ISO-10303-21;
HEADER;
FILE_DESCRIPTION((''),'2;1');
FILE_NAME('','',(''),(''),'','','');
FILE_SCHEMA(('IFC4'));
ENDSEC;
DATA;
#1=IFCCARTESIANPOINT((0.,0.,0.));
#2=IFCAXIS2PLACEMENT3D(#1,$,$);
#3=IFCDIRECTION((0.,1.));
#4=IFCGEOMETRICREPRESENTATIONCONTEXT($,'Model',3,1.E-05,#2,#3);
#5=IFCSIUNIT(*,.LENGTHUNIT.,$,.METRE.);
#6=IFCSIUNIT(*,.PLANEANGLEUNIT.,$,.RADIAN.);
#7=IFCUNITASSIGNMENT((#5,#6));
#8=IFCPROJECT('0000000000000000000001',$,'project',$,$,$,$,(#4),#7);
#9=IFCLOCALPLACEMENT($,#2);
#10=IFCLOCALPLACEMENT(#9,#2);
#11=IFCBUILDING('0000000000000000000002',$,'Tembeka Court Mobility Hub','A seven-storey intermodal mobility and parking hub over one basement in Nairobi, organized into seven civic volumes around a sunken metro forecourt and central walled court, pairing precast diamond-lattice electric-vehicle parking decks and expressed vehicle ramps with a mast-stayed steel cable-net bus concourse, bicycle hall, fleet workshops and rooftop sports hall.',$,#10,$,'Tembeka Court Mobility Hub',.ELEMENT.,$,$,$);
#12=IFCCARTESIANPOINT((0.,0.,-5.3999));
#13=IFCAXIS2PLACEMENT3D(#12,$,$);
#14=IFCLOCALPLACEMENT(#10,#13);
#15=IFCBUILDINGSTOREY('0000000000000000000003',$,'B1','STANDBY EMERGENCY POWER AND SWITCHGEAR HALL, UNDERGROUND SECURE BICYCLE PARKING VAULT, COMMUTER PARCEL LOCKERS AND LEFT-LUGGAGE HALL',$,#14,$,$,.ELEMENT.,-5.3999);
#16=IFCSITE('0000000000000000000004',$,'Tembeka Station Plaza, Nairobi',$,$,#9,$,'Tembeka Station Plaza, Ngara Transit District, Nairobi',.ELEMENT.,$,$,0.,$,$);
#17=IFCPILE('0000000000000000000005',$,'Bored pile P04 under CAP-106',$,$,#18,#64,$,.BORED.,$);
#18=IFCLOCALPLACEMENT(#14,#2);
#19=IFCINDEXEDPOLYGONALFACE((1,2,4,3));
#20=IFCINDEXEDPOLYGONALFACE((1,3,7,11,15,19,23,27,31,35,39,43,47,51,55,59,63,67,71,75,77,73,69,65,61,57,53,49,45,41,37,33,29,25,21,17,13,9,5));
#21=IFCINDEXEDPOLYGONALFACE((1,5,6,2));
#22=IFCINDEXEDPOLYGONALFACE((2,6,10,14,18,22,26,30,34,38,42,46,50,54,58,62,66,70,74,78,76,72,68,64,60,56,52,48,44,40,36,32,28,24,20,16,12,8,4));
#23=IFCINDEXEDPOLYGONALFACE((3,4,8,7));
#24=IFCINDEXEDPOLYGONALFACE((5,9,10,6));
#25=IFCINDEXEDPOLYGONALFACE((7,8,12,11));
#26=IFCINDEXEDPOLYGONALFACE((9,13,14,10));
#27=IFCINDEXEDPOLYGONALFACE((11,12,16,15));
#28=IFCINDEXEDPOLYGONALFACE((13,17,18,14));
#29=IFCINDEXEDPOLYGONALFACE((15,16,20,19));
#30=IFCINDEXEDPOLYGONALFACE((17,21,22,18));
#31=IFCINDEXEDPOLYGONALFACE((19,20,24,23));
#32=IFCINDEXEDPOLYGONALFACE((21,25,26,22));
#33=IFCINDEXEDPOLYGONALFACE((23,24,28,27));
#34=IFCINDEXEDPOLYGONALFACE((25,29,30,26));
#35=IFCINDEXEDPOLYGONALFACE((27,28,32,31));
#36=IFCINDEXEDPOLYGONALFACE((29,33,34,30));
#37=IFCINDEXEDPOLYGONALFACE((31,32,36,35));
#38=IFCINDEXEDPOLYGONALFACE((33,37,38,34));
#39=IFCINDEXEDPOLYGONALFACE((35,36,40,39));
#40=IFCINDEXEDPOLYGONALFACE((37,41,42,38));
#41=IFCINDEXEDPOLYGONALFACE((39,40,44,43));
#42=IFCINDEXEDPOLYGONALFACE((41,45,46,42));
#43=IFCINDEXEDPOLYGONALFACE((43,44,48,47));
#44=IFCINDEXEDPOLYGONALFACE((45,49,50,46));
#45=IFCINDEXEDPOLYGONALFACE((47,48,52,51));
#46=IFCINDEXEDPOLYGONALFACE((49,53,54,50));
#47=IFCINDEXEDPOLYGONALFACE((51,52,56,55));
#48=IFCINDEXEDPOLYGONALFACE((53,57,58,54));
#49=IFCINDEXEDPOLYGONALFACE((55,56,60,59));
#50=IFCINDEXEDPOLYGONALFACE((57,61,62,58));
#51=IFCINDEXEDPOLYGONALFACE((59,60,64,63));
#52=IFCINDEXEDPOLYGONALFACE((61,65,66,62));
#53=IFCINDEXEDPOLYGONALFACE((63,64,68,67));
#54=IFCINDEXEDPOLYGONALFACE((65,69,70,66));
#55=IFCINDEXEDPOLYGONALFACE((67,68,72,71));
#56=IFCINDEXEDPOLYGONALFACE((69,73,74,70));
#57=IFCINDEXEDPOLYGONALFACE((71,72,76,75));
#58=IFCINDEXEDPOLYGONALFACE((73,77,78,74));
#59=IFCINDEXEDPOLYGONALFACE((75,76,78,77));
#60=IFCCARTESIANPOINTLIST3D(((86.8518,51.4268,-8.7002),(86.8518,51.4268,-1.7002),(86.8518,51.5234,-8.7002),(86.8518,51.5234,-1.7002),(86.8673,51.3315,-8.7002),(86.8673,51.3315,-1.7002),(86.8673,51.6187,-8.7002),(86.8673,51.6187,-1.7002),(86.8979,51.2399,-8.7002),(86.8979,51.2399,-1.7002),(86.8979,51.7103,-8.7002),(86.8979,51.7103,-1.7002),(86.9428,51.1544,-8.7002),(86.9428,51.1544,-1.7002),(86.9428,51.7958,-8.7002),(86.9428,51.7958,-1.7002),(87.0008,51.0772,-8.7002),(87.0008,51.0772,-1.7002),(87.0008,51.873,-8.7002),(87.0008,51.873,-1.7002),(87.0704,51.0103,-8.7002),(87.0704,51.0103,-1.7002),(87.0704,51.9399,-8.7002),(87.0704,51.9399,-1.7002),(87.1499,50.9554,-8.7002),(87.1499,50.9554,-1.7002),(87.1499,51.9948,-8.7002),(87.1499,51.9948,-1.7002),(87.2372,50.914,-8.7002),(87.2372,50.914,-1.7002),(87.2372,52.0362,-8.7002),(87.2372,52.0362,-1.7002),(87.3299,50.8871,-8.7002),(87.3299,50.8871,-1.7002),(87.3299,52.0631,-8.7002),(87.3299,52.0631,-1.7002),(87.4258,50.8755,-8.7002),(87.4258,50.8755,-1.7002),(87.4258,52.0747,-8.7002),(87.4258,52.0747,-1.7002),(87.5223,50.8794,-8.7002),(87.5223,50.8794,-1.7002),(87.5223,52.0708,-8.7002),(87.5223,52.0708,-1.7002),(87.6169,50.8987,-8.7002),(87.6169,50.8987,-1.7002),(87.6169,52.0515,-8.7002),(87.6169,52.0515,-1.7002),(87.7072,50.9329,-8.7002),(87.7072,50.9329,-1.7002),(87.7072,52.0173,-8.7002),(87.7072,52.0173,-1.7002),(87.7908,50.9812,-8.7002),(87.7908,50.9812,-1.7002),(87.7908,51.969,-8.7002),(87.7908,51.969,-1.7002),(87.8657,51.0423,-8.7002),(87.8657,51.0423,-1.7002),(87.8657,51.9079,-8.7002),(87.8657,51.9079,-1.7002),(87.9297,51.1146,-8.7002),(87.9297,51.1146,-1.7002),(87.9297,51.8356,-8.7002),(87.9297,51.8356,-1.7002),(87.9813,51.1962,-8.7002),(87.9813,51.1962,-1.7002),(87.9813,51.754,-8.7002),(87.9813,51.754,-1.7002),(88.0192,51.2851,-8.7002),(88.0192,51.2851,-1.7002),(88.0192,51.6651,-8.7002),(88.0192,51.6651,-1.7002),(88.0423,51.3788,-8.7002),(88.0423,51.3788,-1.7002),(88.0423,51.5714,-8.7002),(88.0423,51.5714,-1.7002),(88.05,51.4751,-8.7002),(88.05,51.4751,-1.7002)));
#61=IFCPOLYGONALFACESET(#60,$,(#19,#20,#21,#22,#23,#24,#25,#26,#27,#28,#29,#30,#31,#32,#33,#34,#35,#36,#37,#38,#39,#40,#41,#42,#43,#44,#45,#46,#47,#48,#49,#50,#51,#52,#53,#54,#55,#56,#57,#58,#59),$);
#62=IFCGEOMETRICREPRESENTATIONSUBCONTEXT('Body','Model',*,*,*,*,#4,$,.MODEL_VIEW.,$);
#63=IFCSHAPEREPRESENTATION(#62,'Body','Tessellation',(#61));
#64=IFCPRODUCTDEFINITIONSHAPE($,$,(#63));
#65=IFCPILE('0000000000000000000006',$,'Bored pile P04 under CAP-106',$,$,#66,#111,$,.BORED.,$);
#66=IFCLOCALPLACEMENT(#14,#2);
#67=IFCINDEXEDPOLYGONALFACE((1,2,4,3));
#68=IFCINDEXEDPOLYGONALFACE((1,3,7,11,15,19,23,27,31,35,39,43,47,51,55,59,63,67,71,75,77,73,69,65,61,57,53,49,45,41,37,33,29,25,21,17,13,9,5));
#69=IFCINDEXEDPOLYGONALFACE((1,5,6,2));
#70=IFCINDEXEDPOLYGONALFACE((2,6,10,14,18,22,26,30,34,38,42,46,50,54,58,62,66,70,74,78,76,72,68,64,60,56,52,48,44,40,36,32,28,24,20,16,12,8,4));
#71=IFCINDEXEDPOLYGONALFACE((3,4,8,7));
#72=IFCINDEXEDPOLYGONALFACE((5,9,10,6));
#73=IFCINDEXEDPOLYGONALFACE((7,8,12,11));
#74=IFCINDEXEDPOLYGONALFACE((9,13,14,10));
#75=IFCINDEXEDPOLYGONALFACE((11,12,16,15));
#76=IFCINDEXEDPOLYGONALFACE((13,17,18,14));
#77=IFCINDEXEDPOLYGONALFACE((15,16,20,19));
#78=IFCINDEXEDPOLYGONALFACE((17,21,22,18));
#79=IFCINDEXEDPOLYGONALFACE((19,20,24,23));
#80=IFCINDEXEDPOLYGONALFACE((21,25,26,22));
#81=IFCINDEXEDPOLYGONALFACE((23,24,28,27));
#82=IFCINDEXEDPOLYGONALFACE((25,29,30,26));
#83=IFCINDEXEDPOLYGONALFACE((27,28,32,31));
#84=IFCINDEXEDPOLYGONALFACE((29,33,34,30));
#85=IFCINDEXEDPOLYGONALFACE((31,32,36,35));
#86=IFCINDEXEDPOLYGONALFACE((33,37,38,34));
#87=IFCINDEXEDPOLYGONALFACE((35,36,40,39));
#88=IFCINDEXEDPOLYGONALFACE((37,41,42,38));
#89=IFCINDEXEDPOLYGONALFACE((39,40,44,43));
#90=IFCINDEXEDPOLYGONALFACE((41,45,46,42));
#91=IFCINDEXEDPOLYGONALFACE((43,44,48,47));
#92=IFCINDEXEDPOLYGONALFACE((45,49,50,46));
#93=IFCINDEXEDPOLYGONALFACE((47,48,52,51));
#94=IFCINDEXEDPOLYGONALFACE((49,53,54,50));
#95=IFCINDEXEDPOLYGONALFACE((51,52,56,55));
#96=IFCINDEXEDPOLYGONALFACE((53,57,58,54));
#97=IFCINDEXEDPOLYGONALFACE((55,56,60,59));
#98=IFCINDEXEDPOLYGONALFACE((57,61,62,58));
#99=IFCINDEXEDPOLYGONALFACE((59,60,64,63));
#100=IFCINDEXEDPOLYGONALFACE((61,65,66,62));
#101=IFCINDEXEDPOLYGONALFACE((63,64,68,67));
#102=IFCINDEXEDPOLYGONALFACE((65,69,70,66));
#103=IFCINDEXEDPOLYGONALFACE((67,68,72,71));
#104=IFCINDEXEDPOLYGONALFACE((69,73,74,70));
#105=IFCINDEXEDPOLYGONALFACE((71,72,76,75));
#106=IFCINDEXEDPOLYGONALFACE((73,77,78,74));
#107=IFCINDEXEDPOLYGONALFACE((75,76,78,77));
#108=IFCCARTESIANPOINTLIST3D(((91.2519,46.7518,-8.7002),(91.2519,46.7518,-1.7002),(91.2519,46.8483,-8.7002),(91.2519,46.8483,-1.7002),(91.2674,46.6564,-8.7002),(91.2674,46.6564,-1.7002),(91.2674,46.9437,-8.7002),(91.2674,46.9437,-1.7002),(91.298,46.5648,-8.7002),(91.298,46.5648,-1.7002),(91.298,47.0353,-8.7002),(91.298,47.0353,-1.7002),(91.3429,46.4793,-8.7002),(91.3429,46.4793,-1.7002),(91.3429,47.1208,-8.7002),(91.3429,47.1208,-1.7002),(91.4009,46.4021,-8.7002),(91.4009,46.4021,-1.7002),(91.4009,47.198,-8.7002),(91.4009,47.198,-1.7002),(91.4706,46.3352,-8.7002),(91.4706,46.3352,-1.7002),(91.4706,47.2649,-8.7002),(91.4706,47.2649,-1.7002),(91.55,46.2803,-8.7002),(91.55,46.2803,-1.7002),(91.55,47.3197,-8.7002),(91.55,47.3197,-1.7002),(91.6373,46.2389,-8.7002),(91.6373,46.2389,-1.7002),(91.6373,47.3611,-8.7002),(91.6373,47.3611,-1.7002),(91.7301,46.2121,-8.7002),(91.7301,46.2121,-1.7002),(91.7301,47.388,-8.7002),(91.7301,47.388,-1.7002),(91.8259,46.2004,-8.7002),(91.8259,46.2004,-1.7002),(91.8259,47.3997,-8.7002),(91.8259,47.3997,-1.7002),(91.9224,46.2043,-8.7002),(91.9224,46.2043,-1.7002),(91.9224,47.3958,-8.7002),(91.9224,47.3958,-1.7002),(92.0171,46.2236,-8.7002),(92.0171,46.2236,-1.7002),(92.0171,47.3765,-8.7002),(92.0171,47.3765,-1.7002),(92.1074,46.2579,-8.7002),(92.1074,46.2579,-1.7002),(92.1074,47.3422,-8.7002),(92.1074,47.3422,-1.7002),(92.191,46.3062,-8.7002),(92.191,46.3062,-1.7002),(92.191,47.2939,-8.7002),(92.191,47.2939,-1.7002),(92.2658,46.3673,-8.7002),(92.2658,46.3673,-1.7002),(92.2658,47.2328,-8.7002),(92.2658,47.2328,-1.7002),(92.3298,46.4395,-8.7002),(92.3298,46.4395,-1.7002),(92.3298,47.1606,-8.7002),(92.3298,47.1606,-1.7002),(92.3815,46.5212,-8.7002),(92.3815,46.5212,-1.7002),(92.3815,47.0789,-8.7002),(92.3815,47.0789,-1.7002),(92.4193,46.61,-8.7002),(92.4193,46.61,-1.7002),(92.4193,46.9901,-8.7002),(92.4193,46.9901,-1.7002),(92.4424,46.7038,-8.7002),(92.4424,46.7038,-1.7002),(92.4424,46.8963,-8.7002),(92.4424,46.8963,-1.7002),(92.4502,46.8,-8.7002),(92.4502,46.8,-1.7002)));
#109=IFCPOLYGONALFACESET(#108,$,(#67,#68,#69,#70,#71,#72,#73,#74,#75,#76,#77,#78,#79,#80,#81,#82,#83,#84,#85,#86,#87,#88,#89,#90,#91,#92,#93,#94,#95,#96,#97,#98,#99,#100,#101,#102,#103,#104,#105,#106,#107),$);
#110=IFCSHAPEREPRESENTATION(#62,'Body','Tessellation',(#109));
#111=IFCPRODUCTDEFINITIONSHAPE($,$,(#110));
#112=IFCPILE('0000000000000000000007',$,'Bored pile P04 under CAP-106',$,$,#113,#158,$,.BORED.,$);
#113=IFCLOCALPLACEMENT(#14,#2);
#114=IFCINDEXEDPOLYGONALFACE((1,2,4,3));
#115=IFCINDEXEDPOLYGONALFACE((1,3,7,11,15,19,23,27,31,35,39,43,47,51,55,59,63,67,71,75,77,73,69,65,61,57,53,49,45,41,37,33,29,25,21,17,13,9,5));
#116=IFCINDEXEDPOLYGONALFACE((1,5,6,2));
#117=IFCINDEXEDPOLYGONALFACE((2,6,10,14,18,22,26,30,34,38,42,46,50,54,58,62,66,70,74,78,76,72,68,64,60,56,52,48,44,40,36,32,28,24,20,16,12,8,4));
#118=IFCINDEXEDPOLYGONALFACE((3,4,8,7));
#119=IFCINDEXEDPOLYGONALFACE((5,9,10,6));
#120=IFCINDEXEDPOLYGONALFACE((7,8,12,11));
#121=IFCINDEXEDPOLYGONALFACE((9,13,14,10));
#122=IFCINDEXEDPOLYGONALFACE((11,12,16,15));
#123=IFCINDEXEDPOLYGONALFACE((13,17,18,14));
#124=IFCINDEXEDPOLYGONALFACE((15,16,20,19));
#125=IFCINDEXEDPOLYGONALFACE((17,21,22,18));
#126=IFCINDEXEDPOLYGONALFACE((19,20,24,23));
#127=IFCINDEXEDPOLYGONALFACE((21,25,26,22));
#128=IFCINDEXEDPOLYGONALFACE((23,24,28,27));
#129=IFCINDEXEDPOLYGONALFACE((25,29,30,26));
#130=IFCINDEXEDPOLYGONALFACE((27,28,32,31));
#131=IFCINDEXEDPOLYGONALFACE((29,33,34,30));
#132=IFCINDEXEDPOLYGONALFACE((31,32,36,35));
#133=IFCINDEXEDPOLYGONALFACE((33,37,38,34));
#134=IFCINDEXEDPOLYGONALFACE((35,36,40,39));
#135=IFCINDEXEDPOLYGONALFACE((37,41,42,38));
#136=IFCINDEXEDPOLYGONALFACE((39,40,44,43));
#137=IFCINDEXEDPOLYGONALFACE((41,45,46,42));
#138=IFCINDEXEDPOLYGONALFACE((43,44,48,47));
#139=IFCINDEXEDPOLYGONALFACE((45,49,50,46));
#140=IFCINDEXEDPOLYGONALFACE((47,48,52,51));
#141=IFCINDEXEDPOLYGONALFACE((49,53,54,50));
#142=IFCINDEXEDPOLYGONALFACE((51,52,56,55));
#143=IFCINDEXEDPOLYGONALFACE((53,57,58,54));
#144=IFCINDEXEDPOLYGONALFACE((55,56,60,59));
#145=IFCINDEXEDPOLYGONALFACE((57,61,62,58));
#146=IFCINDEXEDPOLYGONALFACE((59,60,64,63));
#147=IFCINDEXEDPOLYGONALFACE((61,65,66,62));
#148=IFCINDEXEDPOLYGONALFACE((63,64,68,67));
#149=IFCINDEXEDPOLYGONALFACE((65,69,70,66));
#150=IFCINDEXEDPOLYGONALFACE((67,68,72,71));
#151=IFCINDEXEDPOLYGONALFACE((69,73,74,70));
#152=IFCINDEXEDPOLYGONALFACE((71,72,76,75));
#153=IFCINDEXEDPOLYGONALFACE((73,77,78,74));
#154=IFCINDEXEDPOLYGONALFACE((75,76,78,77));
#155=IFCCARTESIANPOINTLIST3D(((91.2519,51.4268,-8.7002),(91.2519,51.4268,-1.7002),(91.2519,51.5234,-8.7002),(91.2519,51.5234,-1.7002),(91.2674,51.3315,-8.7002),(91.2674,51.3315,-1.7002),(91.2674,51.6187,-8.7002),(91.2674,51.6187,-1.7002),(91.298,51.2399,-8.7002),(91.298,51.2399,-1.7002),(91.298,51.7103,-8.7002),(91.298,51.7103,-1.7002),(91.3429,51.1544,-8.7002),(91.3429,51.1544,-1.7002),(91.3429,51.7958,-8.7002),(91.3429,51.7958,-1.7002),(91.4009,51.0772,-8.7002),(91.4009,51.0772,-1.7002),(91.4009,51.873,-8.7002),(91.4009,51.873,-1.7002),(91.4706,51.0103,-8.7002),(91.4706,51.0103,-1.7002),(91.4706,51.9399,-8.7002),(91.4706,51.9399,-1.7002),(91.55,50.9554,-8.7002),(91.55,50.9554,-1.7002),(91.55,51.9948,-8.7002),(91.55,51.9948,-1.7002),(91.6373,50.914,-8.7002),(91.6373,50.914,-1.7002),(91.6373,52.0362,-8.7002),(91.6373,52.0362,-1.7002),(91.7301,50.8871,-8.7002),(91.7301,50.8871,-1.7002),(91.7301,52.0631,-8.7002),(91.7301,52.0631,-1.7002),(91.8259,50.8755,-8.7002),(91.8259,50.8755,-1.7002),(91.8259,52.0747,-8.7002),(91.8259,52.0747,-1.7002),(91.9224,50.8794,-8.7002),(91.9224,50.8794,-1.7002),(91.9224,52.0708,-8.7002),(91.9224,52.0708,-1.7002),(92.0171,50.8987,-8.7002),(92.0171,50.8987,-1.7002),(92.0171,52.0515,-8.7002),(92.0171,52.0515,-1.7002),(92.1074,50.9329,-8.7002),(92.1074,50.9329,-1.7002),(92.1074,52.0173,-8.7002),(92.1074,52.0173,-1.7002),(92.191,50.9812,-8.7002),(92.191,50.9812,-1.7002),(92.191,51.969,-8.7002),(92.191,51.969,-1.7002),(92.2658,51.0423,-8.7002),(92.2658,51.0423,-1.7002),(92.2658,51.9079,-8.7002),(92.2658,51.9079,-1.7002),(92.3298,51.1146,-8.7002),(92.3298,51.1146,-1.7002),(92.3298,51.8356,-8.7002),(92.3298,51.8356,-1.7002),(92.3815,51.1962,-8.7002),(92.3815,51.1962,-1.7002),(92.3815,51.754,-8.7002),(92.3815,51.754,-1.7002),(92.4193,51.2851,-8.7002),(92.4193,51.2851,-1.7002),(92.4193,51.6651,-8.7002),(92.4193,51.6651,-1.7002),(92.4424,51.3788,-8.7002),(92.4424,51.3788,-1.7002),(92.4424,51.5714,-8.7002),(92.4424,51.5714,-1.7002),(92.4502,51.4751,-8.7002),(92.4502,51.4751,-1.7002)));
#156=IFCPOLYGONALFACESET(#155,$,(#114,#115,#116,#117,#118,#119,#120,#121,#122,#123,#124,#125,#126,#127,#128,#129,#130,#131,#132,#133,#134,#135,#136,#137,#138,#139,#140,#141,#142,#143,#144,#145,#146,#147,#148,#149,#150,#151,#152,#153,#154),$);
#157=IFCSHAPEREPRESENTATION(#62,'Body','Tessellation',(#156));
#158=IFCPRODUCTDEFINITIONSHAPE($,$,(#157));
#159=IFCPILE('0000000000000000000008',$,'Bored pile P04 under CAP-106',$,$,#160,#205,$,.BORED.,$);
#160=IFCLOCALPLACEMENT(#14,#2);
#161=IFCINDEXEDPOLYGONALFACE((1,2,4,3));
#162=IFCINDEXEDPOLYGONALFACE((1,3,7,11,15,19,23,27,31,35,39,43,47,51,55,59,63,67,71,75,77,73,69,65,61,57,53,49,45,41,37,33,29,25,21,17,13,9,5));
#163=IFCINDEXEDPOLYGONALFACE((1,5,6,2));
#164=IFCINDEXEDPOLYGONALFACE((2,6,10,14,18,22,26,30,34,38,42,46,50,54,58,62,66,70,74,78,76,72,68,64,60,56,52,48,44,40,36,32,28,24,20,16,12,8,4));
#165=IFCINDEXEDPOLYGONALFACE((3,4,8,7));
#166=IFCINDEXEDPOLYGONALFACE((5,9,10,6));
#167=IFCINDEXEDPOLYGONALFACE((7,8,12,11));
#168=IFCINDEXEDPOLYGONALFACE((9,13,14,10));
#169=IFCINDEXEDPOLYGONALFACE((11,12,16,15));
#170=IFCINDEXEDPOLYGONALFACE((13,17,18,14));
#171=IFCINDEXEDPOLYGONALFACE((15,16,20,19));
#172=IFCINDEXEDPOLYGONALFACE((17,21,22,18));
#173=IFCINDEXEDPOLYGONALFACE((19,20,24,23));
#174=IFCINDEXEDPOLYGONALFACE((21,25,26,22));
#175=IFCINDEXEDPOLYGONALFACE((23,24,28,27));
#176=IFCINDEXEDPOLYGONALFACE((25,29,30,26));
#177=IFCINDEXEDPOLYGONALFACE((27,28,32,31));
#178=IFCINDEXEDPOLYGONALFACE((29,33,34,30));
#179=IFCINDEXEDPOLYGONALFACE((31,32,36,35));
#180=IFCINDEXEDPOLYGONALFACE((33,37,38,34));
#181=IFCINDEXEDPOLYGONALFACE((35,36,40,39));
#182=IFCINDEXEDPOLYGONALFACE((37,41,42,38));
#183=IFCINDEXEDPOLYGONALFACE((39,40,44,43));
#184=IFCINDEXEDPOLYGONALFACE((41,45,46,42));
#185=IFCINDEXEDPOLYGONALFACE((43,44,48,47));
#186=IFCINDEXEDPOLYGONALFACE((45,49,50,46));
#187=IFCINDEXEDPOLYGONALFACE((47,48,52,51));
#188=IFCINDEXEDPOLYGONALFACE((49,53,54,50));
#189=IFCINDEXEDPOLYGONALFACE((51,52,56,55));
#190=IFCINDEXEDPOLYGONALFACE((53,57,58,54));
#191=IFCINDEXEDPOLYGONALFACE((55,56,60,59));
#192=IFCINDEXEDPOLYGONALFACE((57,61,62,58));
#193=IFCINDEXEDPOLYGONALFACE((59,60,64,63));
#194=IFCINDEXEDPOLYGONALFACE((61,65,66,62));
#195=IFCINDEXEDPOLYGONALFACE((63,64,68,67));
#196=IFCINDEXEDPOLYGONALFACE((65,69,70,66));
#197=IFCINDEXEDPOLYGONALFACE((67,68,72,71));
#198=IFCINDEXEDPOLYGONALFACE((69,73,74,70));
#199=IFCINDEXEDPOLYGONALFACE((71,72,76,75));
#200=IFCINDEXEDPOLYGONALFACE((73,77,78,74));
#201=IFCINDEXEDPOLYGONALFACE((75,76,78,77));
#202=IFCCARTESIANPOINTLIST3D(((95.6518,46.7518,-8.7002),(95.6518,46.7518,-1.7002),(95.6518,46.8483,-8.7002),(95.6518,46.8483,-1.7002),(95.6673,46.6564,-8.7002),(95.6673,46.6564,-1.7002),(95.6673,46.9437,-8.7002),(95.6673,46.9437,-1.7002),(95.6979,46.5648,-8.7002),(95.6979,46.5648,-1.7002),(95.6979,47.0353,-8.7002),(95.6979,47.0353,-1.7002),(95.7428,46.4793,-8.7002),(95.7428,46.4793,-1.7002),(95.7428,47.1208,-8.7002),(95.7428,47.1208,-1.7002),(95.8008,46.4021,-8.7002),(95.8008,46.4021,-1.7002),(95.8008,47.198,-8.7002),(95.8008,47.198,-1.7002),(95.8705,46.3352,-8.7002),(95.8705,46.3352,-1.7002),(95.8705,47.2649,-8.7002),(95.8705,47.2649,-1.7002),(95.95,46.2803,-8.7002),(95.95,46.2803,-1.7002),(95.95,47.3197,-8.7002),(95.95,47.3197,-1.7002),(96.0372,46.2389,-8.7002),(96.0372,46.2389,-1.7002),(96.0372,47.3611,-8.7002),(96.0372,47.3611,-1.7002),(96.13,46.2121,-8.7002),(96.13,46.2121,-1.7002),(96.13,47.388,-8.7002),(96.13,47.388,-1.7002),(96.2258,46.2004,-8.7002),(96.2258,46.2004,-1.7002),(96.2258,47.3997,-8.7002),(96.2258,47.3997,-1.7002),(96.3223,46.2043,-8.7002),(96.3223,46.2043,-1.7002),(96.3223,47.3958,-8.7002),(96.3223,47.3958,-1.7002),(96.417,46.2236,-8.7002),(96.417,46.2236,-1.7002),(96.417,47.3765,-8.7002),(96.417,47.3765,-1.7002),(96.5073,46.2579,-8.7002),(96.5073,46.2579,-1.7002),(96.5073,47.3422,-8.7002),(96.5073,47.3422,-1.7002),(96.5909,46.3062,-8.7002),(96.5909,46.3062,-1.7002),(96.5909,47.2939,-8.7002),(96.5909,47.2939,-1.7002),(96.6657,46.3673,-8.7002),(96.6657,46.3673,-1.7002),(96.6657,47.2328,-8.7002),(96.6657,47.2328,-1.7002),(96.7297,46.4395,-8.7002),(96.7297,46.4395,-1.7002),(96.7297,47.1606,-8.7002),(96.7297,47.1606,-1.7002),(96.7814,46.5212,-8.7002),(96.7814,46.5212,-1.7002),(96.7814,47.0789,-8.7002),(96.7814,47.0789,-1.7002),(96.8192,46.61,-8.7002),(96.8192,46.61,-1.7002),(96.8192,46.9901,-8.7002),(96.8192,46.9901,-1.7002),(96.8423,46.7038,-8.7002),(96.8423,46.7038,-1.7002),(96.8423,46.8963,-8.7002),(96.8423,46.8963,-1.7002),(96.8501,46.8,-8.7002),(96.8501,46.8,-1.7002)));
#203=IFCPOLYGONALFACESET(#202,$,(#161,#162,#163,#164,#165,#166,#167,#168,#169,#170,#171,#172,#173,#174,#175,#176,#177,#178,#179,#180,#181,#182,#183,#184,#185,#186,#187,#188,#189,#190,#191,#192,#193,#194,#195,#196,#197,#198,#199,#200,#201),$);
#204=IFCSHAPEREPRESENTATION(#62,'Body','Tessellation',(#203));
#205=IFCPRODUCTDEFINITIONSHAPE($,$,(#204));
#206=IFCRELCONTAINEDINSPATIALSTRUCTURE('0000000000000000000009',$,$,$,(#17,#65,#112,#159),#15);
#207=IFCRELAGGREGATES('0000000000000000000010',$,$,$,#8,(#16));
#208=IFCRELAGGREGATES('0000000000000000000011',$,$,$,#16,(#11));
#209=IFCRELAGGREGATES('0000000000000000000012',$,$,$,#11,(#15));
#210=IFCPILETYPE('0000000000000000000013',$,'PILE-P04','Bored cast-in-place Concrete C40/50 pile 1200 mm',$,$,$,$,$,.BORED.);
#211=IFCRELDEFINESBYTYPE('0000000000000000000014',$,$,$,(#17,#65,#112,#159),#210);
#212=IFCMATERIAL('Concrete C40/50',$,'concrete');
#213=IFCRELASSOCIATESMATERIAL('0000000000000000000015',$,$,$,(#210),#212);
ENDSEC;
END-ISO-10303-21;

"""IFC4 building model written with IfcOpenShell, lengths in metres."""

from ifc_helpers import new_model, si_unit, direction, frame, origin, origin_2d, place, context, subcontext, project, spatial, circle, extrude, material, material_profile, profile_set, type_object, element, save


model = new_model("IFC4")

# Units and contexts
model_context = context("Model", 3, precision=1e-05, world=origin(), true_north=direction((0.0, 1.0)))
body_context = subcontext(model_context, "Body", "Model", "MODEL_VIEW")
ifc_project = project(units=[si_unit("LENGTHUNIT", "METRE"), si_unit("PLANEANGLEUNIT", "RADIAN")], contexts=[model_context])

# Site, building, storey
site_placement = place(None, origin())
site = spatial("IfcSite", under=ifc_project, at=site_placement, Name="Tembeka Station Plaza, Nairobi", LongName="Tembeka Station Plaza, Ngara Transit District, Nairobi", CompositionType="ELEMENT", RefElevation=0.0)
building_placement = place(site_placement, origin())
building = spatial("IfcBuilding", under=site, at=building_placement, Name="Tembeka Court Mobility Hub", Description="A seven-storey intermodal mobility and parking hub over one basement in Nairobi, organized into seven civic volumes around a sunken metro forecourt and central walled court, pairing precast diamond-lattice electric-vehicle parking decks and expressed vehicle ramps with a mast-stayed steel cable-net bus concourse, bicycle hall, fleet workshops and rooftop sports hall.", LongName="Tembeka Court Mobility Hub", CompositionType="ELEMENT")
storey_placement = place(building_placement, frame((0.0, 0.0, -5.3999)))
storey = spatial("IfcBuildingStorey", under=building, at=storey_placement, Name="B1", Description="STANDBY EMERGENCY POWER AND SWITCHGEAR HALL, UNDERGROUND SECURE BICYCLE PARKING VAULT, COMMUTER PARCEL LOCKERS AND LEFT-LUGGAGE HALL", CompositionType="ELEMENT", Elevation=-5.3999)

# Shared definitions
ifc_material_1 = material(Name="Concrete C40/50", Category="concrete")

# Piles
ifc_material_profile_1 = material_profile(ifc_material_1, circle(Radius=0.6001, at=origin_2d()), Name="PILE D1200")
ifc_profile_set_1 = profile_set([ifc_material_profile_1], Name="Concrete C40/50")
pile_type = type_object("IfcPileType", Name="PILE-P04", Description="Bored cast-in-place Concrete C40/50 pile 1200 mm", PredefinedType="BORED", material=ifc_profile_set_1)
for number, where, z_axis, x_axis, name in (
    (1, (87.45, 51.4751, -1.7002), (0.0, 0.0, -1.0), (1.0, 0.0, 0.0), "Bored pile P04 under CAP-106"),
    (2, (91.8501, 46.8, -1.7002), (0.0, 0.0, -1.0), (1.0, 0.0, 0.0), "Bored pile P04 under CAP-106"),
    (3, (91.8501, 51.4751, -1.7002), (0.0, 0.0, -1.0), (1.0, 0.0, 0.0), "Bored pile P04 under CAP-106"),
    (4, (96.25, 46.8, -1.7002), (0.0, 0.0, -1.0), (1.0, 0.0, 0.0), "Bored pile P04 under CAP-106"),
):
    element("IfcPile", number, at=place(storey_placement, frame(where, z_axis=z_axis, x_axis=x_axis)), inside=storey, type_object=pile_type, Name=name, PredefinedType="BORED", context=body_context, shape_type="SweptSolid", body=[
        extrude(circle(Radius=0.6001, at=origin_2d()), origin(), (0.0, 0.0, 1.0), 7.0),
    ])

save(model, "model.ifc")
